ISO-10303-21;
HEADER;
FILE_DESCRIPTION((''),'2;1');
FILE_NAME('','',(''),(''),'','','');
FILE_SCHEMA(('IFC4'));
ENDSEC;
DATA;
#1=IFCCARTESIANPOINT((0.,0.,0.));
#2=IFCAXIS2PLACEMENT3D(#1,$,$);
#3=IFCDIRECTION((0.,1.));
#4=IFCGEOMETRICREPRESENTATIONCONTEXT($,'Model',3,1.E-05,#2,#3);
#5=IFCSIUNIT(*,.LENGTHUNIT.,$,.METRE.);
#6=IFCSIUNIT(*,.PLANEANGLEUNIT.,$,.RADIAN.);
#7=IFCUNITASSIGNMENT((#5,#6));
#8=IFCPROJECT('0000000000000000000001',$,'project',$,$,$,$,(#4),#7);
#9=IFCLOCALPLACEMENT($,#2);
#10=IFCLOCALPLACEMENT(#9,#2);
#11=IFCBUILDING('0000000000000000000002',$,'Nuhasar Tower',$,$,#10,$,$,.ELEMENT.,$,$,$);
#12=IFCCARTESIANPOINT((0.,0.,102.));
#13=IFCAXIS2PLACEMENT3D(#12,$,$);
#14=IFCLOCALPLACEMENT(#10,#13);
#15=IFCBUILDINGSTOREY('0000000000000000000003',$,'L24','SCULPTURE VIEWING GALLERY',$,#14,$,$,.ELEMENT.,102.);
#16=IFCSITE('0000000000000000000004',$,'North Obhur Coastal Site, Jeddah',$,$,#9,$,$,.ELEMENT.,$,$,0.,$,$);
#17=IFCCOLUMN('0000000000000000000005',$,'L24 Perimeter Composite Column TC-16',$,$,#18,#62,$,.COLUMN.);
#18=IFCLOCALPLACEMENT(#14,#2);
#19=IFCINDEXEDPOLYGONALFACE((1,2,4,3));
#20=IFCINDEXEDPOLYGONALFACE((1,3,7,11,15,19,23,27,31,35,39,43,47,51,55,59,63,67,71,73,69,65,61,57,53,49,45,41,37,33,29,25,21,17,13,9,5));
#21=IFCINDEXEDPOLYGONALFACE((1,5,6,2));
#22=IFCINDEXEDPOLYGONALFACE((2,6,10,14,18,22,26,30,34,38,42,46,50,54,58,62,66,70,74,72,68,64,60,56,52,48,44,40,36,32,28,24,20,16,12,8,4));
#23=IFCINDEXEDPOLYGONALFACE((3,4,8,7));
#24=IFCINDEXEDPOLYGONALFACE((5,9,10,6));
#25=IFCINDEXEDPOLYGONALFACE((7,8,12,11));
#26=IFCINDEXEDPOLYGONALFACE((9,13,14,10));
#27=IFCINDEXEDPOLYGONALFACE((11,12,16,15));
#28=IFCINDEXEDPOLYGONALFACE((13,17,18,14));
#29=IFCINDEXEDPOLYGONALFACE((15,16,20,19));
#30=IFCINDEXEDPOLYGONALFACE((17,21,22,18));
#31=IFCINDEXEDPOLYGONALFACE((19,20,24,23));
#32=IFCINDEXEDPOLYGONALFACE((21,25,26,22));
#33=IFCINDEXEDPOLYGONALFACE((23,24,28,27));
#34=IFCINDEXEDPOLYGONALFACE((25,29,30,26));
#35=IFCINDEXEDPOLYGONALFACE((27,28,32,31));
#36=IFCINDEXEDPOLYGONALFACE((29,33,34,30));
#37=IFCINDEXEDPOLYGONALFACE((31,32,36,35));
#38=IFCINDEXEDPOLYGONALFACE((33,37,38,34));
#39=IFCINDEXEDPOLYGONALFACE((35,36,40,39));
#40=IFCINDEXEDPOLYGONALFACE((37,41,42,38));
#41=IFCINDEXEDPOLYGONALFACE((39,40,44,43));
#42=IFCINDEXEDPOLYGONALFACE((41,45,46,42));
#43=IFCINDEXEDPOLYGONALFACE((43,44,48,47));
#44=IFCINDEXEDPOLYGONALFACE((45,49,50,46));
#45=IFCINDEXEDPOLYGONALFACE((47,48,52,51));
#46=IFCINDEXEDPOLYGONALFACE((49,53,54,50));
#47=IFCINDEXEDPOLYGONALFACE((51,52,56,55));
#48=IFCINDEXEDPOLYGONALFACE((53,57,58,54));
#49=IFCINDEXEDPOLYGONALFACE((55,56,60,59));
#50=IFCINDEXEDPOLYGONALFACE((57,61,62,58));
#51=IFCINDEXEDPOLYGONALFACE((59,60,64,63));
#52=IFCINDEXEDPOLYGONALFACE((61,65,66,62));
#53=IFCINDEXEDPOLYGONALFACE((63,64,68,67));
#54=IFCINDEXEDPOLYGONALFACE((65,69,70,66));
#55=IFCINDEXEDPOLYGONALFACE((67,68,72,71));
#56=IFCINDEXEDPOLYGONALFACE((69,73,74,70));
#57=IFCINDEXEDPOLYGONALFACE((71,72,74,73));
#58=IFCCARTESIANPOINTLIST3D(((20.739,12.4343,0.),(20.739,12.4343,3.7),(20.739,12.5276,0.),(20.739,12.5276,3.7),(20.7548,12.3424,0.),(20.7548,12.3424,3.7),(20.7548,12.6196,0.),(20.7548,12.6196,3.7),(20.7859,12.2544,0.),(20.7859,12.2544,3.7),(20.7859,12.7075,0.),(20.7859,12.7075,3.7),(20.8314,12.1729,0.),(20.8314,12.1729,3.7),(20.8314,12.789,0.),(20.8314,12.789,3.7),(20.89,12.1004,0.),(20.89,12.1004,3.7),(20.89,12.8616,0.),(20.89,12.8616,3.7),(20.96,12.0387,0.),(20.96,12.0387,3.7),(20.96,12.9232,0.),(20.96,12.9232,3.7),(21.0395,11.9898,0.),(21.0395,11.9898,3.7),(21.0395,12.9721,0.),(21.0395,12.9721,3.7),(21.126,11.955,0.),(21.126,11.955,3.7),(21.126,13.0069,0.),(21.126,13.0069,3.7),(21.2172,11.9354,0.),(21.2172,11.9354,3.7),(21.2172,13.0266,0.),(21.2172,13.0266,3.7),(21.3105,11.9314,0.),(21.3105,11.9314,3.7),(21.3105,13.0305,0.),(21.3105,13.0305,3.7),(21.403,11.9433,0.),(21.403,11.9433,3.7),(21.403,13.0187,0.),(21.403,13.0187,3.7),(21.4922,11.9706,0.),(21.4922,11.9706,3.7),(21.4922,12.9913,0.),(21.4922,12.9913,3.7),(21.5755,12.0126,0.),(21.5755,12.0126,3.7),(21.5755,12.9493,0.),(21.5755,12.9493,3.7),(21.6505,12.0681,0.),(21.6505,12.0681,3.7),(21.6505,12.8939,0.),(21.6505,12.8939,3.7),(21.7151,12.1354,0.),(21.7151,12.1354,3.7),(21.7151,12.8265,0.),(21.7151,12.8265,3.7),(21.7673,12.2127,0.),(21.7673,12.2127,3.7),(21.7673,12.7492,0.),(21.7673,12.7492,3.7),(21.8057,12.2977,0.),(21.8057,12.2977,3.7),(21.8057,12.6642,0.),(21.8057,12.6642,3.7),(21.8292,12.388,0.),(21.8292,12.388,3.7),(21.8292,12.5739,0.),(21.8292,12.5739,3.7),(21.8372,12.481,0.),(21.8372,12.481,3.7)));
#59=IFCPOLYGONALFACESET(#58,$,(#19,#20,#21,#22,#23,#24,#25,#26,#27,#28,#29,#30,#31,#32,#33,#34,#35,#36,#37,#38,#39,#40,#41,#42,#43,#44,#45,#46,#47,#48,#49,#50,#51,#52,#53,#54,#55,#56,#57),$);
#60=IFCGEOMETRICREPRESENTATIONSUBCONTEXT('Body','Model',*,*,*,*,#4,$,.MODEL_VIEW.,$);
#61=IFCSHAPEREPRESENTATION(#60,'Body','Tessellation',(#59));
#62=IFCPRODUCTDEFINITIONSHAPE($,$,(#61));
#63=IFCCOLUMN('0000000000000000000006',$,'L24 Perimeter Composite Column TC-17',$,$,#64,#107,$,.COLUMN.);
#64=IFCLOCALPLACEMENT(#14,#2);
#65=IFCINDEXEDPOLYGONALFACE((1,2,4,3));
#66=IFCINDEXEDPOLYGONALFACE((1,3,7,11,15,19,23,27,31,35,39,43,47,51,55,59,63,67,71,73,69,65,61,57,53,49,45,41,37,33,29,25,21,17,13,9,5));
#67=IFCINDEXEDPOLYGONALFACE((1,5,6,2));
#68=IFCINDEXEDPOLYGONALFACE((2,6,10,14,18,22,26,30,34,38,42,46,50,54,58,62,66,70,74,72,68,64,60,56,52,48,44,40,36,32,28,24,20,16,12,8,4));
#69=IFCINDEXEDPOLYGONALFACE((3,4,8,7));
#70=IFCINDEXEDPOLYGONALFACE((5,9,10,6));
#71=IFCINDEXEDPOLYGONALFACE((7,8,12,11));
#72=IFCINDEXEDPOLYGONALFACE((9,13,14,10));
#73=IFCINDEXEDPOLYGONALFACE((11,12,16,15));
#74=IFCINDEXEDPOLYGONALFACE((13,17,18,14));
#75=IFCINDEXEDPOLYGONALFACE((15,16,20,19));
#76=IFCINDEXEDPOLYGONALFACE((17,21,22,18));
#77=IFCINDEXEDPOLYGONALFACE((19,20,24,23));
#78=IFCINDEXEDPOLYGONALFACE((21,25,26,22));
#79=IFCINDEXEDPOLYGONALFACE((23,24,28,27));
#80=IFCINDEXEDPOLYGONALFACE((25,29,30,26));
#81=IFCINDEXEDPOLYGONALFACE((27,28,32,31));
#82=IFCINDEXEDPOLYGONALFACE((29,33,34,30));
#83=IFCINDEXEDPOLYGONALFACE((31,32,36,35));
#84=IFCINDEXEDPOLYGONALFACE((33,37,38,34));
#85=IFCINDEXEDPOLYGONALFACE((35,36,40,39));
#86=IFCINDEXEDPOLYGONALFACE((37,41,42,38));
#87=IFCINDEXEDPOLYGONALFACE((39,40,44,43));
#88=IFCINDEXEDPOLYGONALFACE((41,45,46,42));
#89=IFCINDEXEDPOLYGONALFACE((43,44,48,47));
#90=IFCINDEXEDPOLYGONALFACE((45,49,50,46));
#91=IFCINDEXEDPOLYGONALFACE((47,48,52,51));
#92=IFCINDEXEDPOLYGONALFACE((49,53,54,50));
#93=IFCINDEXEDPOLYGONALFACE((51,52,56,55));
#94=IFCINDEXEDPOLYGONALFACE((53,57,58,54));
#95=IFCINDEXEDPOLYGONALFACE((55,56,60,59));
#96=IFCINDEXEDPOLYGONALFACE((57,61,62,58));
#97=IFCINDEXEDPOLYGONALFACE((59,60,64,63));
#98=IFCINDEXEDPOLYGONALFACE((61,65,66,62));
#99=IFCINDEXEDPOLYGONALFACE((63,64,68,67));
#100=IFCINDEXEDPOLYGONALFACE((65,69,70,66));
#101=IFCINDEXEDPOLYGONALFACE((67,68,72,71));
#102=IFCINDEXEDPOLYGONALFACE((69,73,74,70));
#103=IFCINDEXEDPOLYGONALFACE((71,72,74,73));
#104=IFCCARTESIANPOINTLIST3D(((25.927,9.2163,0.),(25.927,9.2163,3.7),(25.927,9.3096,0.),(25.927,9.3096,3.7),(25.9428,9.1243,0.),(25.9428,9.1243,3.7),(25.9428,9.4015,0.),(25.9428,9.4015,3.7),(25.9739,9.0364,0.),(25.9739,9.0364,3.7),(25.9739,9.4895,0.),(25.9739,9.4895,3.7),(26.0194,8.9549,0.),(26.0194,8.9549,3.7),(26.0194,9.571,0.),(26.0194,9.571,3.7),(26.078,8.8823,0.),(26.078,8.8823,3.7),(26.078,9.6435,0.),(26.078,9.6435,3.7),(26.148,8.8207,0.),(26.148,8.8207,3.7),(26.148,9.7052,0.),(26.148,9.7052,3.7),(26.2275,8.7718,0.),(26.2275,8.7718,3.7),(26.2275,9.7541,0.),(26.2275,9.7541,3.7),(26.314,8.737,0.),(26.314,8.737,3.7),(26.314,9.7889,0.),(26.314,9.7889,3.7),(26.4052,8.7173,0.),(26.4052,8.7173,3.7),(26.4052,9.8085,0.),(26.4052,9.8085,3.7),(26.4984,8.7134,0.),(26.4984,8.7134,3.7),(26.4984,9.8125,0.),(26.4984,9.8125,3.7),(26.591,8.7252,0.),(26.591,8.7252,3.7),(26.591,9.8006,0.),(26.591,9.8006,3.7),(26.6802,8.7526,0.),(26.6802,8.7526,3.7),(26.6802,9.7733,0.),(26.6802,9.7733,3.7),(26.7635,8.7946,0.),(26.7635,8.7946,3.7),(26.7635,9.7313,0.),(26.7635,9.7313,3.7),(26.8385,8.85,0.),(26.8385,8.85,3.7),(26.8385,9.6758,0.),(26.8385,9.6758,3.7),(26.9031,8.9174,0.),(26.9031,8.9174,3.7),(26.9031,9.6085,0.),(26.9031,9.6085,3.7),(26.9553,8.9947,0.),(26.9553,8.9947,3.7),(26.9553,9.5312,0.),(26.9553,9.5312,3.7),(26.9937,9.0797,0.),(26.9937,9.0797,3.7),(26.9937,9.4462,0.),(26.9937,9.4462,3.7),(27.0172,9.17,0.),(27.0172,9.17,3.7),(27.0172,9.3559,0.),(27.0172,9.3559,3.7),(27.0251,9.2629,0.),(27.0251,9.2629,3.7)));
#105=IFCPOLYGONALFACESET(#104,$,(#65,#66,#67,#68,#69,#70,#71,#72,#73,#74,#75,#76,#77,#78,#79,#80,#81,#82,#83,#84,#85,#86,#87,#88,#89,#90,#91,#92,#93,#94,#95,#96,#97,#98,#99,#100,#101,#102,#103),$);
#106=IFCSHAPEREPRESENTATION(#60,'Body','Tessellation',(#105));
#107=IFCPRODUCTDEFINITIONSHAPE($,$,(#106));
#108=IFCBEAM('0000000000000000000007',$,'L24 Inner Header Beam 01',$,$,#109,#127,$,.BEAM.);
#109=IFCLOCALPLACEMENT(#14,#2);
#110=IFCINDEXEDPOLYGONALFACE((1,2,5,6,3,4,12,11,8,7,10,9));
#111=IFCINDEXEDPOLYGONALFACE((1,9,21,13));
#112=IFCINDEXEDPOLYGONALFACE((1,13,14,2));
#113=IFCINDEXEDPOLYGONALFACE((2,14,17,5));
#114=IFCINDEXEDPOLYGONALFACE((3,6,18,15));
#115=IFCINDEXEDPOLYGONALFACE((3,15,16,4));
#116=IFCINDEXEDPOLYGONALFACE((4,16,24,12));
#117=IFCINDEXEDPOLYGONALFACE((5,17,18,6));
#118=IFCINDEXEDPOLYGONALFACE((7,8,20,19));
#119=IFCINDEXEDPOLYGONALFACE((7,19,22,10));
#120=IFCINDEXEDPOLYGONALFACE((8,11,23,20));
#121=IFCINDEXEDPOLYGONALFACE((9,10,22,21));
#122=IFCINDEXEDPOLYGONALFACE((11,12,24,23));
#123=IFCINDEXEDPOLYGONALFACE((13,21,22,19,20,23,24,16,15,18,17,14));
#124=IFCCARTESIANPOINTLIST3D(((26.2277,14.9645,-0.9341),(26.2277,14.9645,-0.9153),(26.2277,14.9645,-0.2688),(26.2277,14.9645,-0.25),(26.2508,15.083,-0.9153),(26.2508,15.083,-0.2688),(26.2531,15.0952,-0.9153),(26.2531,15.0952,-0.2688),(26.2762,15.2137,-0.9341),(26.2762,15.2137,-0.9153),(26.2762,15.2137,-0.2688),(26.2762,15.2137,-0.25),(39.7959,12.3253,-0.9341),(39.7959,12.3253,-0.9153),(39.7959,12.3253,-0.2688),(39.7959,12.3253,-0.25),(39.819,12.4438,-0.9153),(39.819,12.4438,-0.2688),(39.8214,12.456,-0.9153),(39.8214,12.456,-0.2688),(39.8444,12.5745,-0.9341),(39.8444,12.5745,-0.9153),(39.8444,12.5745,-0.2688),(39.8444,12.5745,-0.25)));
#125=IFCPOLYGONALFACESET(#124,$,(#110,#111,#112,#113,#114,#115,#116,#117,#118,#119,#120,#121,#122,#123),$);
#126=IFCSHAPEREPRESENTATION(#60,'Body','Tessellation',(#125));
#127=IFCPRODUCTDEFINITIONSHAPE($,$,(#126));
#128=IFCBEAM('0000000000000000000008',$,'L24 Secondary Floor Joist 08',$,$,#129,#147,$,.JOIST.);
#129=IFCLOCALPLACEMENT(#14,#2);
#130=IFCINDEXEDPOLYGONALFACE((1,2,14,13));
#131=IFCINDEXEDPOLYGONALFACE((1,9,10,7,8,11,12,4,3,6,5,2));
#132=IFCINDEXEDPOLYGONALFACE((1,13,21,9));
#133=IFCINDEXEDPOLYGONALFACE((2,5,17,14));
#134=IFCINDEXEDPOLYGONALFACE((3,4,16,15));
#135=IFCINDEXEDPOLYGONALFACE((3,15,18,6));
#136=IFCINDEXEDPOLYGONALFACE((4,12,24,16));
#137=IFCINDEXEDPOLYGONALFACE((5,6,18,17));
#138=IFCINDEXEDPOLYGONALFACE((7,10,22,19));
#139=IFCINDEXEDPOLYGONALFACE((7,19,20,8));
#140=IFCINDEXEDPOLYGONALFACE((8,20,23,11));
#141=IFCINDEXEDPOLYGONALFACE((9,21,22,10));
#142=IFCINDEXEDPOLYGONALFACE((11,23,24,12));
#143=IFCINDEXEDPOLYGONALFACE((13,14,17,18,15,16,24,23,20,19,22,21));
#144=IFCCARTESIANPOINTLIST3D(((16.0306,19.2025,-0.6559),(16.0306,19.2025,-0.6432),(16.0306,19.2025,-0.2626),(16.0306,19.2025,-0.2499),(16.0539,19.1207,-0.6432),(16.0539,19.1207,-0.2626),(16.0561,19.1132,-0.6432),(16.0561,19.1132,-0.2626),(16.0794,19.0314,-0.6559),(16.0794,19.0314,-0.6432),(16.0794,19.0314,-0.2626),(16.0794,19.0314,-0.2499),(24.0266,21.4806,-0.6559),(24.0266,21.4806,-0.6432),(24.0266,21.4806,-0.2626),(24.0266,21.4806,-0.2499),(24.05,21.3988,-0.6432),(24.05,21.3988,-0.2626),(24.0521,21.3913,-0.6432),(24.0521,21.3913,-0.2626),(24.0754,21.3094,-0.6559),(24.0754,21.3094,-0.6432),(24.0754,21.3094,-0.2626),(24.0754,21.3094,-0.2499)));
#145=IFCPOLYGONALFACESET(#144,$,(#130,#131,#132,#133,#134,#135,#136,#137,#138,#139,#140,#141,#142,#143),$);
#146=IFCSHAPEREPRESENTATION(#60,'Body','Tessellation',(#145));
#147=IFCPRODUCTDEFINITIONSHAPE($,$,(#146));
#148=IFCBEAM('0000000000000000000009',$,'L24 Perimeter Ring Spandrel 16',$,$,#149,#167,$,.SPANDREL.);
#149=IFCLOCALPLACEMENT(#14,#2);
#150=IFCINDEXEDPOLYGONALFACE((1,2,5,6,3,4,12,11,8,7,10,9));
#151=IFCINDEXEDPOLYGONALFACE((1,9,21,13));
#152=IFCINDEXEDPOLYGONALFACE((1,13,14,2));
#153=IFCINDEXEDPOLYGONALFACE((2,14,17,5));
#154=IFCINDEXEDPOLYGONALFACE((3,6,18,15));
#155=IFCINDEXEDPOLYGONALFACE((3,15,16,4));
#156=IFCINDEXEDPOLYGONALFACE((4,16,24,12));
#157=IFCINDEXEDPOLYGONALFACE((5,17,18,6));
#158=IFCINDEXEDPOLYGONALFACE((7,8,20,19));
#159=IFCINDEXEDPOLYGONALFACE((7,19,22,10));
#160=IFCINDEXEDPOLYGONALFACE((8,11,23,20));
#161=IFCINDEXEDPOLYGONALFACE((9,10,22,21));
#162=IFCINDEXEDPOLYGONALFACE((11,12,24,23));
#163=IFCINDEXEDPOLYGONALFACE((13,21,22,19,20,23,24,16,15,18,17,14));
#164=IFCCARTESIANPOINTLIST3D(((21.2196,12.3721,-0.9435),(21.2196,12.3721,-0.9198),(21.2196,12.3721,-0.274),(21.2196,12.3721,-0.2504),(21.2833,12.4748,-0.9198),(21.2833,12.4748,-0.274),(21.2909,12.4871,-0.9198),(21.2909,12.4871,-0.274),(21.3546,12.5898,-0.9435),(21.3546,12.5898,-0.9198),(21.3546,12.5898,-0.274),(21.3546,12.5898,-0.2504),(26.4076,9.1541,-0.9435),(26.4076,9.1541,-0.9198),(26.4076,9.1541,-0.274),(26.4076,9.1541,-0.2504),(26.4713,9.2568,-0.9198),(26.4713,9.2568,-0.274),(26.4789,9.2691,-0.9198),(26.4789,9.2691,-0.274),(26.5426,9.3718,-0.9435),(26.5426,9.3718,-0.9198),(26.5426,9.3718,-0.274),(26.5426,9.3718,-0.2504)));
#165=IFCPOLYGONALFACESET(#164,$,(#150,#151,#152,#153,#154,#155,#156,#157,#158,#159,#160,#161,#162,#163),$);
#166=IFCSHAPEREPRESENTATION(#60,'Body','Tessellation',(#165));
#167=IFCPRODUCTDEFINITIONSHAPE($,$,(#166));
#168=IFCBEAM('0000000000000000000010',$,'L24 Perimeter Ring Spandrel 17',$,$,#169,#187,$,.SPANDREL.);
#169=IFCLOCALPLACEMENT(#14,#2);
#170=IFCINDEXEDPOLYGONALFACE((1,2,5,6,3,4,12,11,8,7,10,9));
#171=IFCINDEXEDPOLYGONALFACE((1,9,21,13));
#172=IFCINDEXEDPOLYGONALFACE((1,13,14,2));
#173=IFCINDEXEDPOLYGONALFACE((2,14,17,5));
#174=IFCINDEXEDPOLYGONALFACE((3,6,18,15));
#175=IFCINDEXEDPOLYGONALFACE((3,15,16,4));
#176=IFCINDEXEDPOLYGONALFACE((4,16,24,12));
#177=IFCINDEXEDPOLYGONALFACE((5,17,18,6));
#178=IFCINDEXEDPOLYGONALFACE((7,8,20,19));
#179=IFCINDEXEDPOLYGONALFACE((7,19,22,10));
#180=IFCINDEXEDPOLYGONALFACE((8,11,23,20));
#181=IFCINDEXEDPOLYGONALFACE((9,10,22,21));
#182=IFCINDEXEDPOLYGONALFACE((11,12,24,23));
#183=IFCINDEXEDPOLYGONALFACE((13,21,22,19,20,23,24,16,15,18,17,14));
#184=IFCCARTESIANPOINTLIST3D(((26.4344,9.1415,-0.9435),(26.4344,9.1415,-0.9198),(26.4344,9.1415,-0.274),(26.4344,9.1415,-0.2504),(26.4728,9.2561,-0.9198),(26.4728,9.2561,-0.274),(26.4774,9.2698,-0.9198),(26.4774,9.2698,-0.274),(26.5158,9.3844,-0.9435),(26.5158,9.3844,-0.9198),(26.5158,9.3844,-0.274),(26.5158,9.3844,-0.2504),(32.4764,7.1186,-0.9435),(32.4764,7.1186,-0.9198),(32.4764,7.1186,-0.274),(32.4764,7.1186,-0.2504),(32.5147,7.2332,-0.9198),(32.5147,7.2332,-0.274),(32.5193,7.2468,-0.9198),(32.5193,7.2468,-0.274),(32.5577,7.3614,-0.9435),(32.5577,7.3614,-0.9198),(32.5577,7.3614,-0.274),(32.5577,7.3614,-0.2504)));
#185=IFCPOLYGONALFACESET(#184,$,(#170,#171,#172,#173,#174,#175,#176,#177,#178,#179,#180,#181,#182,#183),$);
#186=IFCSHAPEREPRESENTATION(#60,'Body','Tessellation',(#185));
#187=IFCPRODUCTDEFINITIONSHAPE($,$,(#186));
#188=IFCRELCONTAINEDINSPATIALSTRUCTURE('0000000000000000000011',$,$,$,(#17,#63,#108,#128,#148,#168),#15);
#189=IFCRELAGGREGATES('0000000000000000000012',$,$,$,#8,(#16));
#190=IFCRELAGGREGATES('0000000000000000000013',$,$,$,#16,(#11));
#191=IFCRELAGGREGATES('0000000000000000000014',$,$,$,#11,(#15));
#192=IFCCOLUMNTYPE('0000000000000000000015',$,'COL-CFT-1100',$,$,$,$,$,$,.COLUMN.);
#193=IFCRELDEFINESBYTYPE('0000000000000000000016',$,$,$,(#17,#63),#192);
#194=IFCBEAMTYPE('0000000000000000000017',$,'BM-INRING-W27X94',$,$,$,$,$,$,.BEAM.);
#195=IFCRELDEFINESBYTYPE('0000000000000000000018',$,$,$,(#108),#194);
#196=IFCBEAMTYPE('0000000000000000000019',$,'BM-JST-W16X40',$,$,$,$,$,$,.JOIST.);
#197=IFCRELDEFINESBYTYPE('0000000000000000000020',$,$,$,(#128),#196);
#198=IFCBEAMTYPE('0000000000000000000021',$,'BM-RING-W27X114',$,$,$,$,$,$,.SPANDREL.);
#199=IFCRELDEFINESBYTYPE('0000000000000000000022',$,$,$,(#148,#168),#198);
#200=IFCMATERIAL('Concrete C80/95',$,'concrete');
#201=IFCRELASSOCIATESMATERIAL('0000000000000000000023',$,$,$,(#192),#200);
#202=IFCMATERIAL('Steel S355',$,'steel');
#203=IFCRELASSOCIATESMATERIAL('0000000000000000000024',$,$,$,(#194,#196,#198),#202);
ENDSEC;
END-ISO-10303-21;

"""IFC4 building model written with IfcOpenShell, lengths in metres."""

from ifc_helpers import new_model, si_unit, direction, frame, origin, origin_2d, place, context, subcontext, project, spatial, circle, i_section, extrude, material, material_profile, profile_set, type_object, element, save


model = new_model("IFC4")

# Units and contexts
model_context = context("Model", 3, precision=1e-05, world=origin(), true_north=direction((0.0, 1.0)))
body_context = subcontext(model_context, "Body", "Model", "MODEL_VIEW")
ifc_project = project(units=[si_unit("LENGTHUNIT", "METRE"), si_unit("PLANEANGLEUNIT", "RADIAN")], contexts=[model_context])

# Site, building, storey
site_placement = place(None, origin())
site = spatial("IfcSite", under=ifc_project, at=site_placement, Name="North Obhur Coastal Site, Jeddah", CompositionType="ELEMENT", RefElevation=0.0)
building_placement = place(site_placement, origin())
building = spatial("IfcBuilding", under=site, at=building_placement, Name="Nuhasar Tower", CompositionType="ELEMENT")
storey_placement = place(building_placement, frame((0.0, 0.0, 102.0)))
storey = spatial("IfcBuildingStorey", under=building, at=storey_placement, Name="L24", Description="SCULPTURE VIEWING GALLERY", CompositionType="ELEMENT", Elevation=102.0)

# Columns
ifc_material_1 = material(Name="Concrete C80/95", Category="concrete")
ifc_material_profile_1 = material_profile(ifc_material_1, circle(Radius=0.55, at=origin_2d()), Name="CFT1100")
ifc_profile_set_1 = profile_set([ifc_material_profile_1], Name="Concrete C80/95")
column_type = type_object("IfcColumnType", Name="COL-CFT-1100", PredefinedType="COLUMN", material=ifc_profile_set_1)
for number, where, z_axis, x_axis, name in (
    (1, (21.2871, 12.481, 0.0), (0.0, 0.0, 1.0), (1.0, 0.0, 0.0), "L24 Perimeter Composite Column TC-16"),
    (2, (26.4751, 9.2629, 0.0), (0.0, 0.0, 1.0), (1.0, 0.0, 0.0), "L24 Perimeter Composite Column TC-17"),
):
    element("IfcColumn", number, at=place(storey_placement, frame(where, z_axis=z_axis, x_axis=x_axis)), inside=storey, type_object=column_type, Name=name, PredefinedType="COLUMN", context=body_context, shape_type="SweptSolid", body=[
        extrude(circle(Radius=0.55, at=origin_2d()), origin(), (0.0, 0.0, 1.0), 3.7),
    ])

# Beams
ifc_material_2 = material(Name="Steel S355", Category="steel")
ifc_material_profile_2 = material_profile(ifc_material_2, i_section(OverallWidth=0.2539, OverallDepth=0.6841, WebThickness=0.0125, FlangeThickness=0.0188, at=origin_2d()), Name="W27X94")
ifc_profile_set_2 = profile_set([ifc_material_profile_2], Name="Steel S355")
beam_type_1 = type_object("IfcBeamType", Name="BM-INRING-W27X94", PredefinedType="BEAM", material=ifc_profile_set_2)
beam_1_placement = place(storey_placement, frame((26.252, 15.0891, -0.592), z_axis=(0.981603, -0.190933, 0.0), x_axis=(0.190933, 0.981603, 0.0)))
element("IfcBeam", 3, at=beam_1_placement, inside=storey, type_object=beam_type_1, Name="L24 Inner Header Beam 01", PredefinedType="BEAM", context=body_context, shape_type="SweptSolid", body=[
    extrude(i_section(OverallWidth=0.2539, OverallDepth=0.6841, WebThickness=0.0125, FlangeThickness=0.0188, at=origin_2d()), origin(), (0.0, 0.0, 1.0), 13.8225),
])
ifc_material_profile_3 = material_profile(ifc_material_2, i_section(OverallWidth=0.178, OverallDepth=0.406, WebThickness=0.0078, FlangeThickness=0.0127, at=origin_2d()), Name="W16X40")
ifc_profile_set_3 = profile_set([ifc_material_profile_3], Name="Steel S355")
beam_type_2 = type_object("IfcBeamType", Name="BM-JST-W16X40", PredefinedType="JOIST", material=ifc_profile_set_3)
beam_2_placement = place(storey_placement, frame((24.051, 21.395, -0.4529), z_axis=(-0.961731, -0.273996, 0.0), x_axis=(0.273996, -0.961731, 0.0)))
element("IfcBeam", 4, at=beam_2_placement, inside=storey, type_object=beam_type_2, Name="L24 Secondary Floor Joist 08", PredefinedType="JOIST", context=body_context, shape_type="SweptSolid", body=[
    extrude(i_section(OverallWidth=0.178, OverallDepth=0.406, WebThickness=0.0078, FlangeThickness=0.0127, at=origin_2d()), origin(), (0.0, 0.0, 1.0), 8.3142),
])
ifc_material_profile_4 = material_profile(ifc_material_2, i_section(OverallWidth=0.2561, OverallDepth=0.6931, WebThickness=0.0144, FlangeThickness=0.0237, at=origin_2d()), Name="W27X114")
ifc_profile_set_4 = profile_set([ifc_material_profile_4], Name="Steel S355")
beam_type_3 = type_object("IfcBeamType", Name="BM-RING-W27X114", PredefinedType="SPANDREL", material=ifc_profile_set_4)
beam_3_placement = place(storey_placement, frame((21.2871, 12.481, -0.5969), z_axis=(0.849795, -0.527113, 0.0), x_axis=(0.527113, 0.849795, 0.0)))
element("IfcBeam", 5, at=beam_3_placement, inside=storey, type_object=beam_type_3, Name="L24 Perimeter Ring Spandrel 16", PredefinedType="SPANDREL", context=body_context, shape_type="SweptSolid", body=[
    extrude(i_section(OverallWidth=0.2561, OverallDepth=0.6931, WebThickness=0.0144, FlangeThickness=0.0237, at=origin_2d()), origin(), (0.0, 0.0, 1.0), 6.105),
])
beam_4_placement = place(storey_placement, frame((26.4751, 9.2629, -0.5969), z_axis=(0.948261, -0.317492, 0.0), x_axis=(0.317492, 0.948261, 0.0)))
element("IfcBeam", 6, at=beam_4_placement, inside=storey, type_object=beam_type_3, Name="L24 Perimeter Ring Spandrel 17", PredefinedType="SPANDREL", context=body_context, shape_type="SweptSolid", body=[
    extrude(i_section(OverallWidth=0.2561, OverallDepth=0.6931, WebThickness=0.0144, FlangeThickness=0.0237, at=origin_2d()), origin(), (0.0, 0.0, 1.0), 6.3716),
])

save(model, "model.ifc")
